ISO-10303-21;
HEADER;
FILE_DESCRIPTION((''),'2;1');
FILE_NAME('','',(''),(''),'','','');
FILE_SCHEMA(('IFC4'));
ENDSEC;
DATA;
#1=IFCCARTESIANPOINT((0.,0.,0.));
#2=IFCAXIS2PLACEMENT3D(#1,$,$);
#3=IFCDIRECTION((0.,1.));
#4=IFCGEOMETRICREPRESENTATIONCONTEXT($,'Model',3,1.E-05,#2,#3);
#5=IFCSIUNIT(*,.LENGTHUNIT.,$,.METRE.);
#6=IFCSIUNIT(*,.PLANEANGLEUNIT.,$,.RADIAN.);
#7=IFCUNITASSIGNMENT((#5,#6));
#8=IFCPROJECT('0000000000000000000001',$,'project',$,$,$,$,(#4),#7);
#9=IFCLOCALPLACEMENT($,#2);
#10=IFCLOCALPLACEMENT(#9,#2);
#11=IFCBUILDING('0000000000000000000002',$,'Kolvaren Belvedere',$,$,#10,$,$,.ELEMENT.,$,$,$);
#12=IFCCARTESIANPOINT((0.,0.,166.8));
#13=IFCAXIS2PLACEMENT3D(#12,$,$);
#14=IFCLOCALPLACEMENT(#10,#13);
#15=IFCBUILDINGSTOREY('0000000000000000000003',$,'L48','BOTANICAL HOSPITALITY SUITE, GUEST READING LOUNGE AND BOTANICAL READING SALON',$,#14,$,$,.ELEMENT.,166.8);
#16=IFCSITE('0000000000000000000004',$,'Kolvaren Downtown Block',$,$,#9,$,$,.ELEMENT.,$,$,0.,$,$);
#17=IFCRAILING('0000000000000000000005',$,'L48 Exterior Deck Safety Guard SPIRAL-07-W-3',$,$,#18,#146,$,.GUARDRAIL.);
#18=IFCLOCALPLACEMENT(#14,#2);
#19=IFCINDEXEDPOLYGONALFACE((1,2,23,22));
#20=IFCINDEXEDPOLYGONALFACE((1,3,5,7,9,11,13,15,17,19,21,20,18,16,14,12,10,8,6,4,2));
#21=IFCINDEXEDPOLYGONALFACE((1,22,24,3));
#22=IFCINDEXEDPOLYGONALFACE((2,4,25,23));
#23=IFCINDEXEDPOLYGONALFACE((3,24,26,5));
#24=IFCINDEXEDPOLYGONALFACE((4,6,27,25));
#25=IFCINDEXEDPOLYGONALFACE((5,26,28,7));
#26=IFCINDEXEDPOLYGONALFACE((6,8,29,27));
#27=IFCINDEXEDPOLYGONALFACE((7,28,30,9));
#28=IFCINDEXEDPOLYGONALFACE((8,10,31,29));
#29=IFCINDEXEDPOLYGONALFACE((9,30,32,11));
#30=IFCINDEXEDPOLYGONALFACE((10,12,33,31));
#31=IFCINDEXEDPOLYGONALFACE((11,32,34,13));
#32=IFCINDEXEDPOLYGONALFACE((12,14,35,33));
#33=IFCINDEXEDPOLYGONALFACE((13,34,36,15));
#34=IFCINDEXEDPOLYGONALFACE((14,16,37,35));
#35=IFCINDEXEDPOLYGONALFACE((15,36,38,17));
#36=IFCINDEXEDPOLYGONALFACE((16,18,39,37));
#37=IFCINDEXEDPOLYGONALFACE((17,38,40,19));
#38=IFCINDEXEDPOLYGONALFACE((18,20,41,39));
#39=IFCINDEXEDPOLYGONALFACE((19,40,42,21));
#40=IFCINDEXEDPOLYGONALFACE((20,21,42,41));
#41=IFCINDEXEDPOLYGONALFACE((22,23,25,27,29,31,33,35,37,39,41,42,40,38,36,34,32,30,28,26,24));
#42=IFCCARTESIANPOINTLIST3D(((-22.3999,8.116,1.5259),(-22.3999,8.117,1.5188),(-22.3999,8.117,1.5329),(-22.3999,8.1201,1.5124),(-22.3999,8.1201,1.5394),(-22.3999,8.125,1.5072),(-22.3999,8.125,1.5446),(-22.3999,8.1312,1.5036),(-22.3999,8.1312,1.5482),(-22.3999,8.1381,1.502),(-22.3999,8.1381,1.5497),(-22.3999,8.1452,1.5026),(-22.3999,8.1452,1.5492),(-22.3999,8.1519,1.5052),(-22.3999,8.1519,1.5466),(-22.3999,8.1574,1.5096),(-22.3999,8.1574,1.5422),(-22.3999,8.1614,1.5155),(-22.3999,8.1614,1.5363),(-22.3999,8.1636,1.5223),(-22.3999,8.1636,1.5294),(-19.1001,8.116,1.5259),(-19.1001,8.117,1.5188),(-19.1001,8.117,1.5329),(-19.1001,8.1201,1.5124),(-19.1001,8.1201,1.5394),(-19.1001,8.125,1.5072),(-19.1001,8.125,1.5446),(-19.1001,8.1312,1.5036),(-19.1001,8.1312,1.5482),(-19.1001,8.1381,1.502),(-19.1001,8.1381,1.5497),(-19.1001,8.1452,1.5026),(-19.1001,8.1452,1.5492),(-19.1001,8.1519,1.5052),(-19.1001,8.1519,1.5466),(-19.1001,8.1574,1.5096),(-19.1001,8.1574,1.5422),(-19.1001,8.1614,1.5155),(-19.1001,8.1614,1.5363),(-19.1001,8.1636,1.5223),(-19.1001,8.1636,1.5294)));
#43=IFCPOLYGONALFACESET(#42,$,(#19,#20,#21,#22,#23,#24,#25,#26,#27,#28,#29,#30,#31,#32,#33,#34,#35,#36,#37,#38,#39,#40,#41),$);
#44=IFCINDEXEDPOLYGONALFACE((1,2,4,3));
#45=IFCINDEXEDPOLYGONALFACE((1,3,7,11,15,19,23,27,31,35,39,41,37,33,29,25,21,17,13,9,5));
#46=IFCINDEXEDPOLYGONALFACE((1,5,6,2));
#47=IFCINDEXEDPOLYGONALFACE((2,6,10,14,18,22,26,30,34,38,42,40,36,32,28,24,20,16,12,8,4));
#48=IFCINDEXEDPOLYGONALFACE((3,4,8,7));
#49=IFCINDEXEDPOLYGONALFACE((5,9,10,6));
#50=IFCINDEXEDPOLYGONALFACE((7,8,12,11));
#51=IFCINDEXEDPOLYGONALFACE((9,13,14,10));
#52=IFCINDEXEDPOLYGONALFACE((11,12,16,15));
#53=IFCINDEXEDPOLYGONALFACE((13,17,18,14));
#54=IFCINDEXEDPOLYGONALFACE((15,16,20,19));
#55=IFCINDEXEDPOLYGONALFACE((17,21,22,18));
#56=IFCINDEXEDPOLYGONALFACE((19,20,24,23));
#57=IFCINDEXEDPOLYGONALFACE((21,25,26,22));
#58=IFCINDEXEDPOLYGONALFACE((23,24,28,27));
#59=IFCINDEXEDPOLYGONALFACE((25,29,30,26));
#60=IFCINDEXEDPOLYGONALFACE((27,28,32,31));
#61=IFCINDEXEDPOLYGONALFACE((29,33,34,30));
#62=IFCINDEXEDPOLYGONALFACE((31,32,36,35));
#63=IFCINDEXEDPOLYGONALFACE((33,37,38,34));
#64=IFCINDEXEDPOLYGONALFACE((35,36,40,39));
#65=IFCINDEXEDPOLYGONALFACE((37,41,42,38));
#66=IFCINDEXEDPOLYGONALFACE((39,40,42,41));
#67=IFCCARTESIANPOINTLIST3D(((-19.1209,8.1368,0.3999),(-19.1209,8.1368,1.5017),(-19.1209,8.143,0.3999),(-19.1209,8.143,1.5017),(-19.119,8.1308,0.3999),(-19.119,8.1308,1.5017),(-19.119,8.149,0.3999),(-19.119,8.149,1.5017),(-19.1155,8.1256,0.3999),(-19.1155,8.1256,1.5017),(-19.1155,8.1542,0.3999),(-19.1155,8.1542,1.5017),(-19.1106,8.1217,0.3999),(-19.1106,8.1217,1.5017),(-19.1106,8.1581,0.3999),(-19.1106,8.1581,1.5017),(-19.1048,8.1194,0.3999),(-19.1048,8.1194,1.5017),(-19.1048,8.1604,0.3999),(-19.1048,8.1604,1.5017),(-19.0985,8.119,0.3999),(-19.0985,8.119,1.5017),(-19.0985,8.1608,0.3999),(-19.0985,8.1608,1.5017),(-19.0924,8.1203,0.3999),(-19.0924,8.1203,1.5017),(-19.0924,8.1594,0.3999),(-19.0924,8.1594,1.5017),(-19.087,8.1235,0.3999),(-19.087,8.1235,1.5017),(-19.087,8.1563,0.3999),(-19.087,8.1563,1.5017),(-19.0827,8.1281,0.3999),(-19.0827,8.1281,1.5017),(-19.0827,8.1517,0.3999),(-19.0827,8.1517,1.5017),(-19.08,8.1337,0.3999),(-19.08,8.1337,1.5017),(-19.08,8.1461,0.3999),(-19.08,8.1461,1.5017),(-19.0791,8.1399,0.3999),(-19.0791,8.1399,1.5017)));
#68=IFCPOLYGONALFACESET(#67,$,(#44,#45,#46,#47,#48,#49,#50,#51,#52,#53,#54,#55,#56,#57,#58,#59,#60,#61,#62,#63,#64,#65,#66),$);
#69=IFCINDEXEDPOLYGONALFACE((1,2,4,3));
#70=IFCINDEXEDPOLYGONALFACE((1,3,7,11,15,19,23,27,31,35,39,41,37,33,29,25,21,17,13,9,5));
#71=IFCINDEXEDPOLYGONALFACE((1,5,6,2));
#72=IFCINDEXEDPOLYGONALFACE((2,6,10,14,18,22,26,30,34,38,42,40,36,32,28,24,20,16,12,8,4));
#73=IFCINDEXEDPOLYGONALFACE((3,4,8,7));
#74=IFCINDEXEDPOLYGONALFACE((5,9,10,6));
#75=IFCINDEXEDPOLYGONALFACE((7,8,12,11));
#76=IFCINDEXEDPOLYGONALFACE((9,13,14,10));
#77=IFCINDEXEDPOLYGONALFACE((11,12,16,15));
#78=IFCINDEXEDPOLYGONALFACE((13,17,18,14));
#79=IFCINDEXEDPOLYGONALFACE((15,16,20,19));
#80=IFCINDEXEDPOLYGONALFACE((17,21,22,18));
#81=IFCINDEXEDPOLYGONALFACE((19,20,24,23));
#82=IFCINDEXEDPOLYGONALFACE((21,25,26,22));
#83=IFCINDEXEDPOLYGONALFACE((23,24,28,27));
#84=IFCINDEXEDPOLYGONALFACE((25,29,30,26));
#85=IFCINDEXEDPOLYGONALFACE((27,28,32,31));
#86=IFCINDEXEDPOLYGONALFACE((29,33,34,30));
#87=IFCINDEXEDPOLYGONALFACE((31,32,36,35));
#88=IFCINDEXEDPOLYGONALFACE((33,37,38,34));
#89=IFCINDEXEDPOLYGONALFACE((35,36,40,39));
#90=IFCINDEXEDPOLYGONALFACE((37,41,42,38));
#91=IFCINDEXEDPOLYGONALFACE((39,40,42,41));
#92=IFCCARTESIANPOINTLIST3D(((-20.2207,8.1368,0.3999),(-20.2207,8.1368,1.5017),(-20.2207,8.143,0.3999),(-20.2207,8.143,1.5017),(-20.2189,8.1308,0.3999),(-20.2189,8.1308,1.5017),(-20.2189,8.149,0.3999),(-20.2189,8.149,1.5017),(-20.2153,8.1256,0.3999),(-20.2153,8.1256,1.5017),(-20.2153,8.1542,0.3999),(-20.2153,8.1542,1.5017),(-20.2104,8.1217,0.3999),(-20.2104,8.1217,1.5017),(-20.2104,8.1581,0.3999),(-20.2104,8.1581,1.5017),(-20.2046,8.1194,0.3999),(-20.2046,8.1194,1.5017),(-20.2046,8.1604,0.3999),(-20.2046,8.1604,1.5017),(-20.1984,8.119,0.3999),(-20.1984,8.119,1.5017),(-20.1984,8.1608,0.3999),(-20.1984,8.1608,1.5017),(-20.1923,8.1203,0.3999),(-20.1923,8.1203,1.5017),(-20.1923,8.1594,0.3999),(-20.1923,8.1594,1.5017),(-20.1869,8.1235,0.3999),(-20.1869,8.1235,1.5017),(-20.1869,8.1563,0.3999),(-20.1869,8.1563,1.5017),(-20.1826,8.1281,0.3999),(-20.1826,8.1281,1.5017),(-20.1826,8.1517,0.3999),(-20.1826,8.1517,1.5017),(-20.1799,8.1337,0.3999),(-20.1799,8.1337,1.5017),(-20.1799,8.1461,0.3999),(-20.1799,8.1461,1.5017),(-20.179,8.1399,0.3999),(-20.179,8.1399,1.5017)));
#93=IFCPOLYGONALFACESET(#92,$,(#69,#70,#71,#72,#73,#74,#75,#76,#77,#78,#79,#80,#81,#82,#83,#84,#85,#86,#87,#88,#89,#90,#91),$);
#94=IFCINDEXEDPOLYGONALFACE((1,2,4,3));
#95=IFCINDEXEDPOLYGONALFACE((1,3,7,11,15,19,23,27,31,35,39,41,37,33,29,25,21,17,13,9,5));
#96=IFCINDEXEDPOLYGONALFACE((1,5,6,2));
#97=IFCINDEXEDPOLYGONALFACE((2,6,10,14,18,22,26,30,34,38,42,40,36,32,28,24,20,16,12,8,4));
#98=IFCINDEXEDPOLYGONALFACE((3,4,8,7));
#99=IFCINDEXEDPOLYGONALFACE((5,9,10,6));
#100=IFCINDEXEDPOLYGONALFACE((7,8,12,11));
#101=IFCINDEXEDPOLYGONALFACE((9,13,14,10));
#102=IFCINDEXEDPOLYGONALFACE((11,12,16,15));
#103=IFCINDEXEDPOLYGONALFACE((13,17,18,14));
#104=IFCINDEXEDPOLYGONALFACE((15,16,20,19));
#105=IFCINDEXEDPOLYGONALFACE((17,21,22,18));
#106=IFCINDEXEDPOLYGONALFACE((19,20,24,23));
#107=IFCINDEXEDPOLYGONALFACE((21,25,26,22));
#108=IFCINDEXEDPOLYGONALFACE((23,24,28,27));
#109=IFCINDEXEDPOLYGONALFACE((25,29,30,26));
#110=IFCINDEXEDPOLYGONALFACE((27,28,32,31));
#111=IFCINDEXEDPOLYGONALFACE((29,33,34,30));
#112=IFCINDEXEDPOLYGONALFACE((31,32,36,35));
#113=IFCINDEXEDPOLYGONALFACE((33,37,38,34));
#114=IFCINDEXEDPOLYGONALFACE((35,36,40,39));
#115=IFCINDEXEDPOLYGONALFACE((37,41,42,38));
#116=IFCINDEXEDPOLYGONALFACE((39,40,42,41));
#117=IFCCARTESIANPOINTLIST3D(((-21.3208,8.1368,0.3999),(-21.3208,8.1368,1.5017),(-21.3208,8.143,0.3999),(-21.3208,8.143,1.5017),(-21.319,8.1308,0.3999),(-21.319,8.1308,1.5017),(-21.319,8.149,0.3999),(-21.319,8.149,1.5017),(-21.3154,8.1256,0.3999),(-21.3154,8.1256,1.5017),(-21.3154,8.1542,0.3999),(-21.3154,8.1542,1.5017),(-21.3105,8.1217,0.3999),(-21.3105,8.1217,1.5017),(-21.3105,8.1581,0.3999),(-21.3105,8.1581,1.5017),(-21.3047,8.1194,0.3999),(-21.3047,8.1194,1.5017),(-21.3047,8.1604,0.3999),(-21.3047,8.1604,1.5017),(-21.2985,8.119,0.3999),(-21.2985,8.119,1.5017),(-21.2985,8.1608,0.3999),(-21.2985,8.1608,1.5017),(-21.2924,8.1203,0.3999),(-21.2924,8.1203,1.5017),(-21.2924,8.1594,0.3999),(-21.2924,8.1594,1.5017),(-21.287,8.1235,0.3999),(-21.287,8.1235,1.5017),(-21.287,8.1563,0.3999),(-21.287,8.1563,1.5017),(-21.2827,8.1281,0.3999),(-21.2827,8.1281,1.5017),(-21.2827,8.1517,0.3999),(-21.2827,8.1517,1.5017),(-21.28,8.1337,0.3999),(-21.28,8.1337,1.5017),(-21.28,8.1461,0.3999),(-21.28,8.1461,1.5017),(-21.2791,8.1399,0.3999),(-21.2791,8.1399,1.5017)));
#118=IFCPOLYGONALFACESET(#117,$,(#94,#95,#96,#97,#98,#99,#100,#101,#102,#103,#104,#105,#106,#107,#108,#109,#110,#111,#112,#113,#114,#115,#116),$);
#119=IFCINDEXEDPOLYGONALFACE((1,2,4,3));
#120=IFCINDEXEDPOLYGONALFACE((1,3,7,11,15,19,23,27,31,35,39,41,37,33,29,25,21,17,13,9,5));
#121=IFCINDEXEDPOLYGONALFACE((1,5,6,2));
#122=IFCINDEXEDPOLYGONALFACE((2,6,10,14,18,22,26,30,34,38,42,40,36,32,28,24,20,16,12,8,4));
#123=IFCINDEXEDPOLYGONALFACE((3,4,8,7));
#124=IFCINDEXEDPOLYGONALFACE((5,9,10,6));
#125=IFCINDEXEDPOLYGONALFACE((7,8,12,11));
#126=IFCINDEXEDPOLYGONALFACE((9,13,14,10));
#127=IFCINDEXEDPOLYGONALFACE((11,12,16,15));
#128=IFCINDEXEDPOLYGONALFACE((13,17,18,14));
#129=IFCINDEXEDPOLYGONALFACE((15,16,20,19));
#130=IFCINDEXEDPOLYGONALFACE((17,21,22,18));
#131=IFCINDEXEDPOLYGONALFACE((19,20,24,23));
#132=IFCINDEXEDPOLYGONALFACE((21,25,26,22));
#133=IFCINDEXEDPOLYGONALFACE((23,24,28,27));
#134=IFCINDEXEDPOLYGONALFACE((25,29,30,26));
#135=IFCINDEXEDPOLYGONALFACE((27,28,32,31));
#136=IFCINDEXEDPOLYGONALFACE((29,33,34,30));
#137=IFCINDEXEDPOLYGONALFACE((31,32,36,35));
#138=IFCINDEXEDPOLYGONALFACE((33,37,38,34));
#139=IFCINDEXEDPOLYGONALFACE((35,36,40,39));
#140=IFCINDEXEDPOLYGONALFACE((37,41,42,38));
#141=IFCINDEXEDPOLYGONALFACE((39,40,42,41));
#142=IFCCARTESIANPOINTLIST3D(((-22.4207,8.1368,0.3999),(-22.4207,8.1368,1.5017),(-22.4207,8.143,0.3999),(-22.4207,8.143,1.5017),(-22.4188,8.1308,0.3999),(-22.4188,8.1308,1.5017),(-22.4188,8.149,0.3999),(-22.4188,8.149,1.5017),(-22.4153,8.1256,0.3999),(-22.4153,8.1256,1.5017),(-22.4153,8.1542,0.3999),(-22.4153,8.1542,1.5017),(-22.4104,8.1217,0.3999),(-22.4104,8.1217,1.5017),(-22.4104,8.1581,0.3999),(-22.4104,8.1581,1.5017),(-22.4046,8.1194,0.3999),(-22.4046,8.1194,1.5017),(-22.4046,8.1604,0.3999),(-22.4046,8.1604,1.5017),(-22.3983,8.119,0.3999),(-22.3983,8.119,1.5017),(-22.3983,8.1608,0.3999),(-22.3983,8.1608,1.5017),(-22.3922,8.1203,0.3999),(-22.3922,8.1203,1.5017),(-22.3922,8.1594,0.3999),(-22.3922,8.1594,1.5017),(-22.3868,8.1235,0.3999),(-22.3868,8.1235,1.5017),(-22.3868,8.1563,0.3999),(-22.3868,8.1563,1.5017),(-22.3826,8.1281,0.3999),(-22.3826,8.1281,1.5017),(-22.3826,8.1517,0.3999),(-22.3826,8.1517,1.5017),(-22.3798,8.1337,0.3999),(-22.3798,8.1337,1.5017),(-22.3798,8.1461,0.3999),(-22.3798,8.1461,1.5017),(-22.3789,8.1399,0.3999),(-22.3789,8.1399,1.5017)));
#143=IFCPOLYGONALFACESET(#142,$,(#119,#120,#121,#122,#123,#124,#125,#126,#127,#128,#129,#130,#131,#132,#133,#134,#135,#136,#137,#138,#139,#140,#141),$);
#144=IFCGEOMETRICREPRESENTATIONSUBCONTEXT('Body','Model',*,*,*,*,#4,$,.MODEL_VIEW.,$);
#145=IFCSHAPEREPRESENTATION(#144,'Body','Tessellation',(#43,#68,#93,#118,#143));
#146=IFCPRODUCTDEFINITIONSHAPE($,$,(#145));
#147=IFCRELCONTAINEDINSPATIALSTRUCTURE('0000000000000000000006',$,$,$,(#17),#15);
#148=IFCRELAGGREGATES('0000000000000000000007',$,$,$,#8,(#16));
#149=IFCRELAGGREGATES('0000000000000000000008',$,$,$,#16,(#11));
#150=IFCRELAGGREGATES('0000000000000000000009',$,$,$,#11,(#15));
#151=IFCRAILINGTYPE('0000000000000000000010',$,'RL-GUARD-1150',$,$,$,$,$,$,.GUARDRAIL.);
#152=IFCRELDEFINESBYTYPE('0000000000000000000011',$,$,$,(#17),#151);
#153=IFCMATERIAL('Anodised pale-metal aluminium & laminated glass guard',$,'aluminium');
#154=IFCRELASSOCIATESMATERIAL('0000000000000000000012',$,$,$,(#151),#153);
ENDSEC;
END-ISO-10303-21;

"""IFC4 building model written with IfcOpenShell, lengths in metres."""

from ifc_helpers import new_model, si_unit, direction, frame, origin, origin_2d, place, context, subcontext, project, spatial, circle, extrude, material, type_object, element, save


model = new_model("IFC4")

# Units and contexts
model_context = context("Model", 3, precision=1e-05, world=origin(), true_north=direction((0.0, 1.0)))
body_context = subcontext(model_context, "Body", "Model", "MODEL_VIEW")
ifc_project = project(units=[si_unit("LENGTHUNIT", "METRE"), si_unit("PLANEANGLEUNIT", "RADIAN")], contexts=[model_context])

# Site, building, storey
site_placement = place(None, origin())
site = spatial("IfcSite", under=ifc_project, at=site_placement, Name="Kolvaren Downtown Block", CompositionType="ELEMENT", RefElevation=0.0)
building_placement = place(site_placement, origin())
building = spatial("IfcBuilding", under=site, at=building_placement, Name="Kolvaren Belvedere", CompositionType="ELEMENT")
storey_placement = place(building_placement, frame((0.0, 0.0, 166.8)))
storey = spatial("IfcBuildingStorey", under=building, at=storey_placement, Name="L48", Description="BOTANICAL HOSPITALITY SUITE, GUEST READING LOUNGE AND BOTANICAL READING SALON", CompositionType="ELEMENT", Elevation=166.8)

# Railing
ifc_material_1 = material(Name="Anodised pale-metal aluminium & laminated glass guard", Category="aluminium")
railing_type_1 = type_object("IfcRailingType", Name="RL-GUARD-1150", PredefinedType="GUARDRAIL", material=ifc_material_1)
railing_1_placement = place(storey_placement, frame((-19.1001, 8.1399, 0.3999)))
element("IfcRailing", 1, at=railing_1_placement, inside=storey, type_object=railing_type_1, Name="L48 Exterior Deck Safety Guard SPIRAL-07-W-3", PredefinedType="GUARDRAIL", context=body_context, shape_type="SweptSolid", body=[
    extrude(circle(Radius=0.0239, at=origin_2d()), frame((0.0, 0.0, 1.126), z_axis=(-1.0, 0.0, 0.0), x_axis=(0.0, -1.0, 0.0)), (0.0, 0.0, 1.0), 3.2998),
    extrude(circle(Radius=0.021, at=origin_2d()), origin(), (0.0, 0.0, 1.0), 1.1018),
    extrude(circle(Radius=0.021, at=origin_2d()), frame((-1.0999, 0.0, 0.0)), (0.0, 0.0, 1.0), 1.1018),
    extrude(circle(Radius=0.021, at=origin_2d()), frame((-2.2, 0.0, 0.0)), (0.0, 0.0, 1.0), 1.1018),
    extrude(circle(Radius=0.021, at=origin_2d()), frame((-3.2998, 0.0, 0.0)), (0.0, 0.0, 1.0), 1.1018),
])

save(model, "model.ifc")
